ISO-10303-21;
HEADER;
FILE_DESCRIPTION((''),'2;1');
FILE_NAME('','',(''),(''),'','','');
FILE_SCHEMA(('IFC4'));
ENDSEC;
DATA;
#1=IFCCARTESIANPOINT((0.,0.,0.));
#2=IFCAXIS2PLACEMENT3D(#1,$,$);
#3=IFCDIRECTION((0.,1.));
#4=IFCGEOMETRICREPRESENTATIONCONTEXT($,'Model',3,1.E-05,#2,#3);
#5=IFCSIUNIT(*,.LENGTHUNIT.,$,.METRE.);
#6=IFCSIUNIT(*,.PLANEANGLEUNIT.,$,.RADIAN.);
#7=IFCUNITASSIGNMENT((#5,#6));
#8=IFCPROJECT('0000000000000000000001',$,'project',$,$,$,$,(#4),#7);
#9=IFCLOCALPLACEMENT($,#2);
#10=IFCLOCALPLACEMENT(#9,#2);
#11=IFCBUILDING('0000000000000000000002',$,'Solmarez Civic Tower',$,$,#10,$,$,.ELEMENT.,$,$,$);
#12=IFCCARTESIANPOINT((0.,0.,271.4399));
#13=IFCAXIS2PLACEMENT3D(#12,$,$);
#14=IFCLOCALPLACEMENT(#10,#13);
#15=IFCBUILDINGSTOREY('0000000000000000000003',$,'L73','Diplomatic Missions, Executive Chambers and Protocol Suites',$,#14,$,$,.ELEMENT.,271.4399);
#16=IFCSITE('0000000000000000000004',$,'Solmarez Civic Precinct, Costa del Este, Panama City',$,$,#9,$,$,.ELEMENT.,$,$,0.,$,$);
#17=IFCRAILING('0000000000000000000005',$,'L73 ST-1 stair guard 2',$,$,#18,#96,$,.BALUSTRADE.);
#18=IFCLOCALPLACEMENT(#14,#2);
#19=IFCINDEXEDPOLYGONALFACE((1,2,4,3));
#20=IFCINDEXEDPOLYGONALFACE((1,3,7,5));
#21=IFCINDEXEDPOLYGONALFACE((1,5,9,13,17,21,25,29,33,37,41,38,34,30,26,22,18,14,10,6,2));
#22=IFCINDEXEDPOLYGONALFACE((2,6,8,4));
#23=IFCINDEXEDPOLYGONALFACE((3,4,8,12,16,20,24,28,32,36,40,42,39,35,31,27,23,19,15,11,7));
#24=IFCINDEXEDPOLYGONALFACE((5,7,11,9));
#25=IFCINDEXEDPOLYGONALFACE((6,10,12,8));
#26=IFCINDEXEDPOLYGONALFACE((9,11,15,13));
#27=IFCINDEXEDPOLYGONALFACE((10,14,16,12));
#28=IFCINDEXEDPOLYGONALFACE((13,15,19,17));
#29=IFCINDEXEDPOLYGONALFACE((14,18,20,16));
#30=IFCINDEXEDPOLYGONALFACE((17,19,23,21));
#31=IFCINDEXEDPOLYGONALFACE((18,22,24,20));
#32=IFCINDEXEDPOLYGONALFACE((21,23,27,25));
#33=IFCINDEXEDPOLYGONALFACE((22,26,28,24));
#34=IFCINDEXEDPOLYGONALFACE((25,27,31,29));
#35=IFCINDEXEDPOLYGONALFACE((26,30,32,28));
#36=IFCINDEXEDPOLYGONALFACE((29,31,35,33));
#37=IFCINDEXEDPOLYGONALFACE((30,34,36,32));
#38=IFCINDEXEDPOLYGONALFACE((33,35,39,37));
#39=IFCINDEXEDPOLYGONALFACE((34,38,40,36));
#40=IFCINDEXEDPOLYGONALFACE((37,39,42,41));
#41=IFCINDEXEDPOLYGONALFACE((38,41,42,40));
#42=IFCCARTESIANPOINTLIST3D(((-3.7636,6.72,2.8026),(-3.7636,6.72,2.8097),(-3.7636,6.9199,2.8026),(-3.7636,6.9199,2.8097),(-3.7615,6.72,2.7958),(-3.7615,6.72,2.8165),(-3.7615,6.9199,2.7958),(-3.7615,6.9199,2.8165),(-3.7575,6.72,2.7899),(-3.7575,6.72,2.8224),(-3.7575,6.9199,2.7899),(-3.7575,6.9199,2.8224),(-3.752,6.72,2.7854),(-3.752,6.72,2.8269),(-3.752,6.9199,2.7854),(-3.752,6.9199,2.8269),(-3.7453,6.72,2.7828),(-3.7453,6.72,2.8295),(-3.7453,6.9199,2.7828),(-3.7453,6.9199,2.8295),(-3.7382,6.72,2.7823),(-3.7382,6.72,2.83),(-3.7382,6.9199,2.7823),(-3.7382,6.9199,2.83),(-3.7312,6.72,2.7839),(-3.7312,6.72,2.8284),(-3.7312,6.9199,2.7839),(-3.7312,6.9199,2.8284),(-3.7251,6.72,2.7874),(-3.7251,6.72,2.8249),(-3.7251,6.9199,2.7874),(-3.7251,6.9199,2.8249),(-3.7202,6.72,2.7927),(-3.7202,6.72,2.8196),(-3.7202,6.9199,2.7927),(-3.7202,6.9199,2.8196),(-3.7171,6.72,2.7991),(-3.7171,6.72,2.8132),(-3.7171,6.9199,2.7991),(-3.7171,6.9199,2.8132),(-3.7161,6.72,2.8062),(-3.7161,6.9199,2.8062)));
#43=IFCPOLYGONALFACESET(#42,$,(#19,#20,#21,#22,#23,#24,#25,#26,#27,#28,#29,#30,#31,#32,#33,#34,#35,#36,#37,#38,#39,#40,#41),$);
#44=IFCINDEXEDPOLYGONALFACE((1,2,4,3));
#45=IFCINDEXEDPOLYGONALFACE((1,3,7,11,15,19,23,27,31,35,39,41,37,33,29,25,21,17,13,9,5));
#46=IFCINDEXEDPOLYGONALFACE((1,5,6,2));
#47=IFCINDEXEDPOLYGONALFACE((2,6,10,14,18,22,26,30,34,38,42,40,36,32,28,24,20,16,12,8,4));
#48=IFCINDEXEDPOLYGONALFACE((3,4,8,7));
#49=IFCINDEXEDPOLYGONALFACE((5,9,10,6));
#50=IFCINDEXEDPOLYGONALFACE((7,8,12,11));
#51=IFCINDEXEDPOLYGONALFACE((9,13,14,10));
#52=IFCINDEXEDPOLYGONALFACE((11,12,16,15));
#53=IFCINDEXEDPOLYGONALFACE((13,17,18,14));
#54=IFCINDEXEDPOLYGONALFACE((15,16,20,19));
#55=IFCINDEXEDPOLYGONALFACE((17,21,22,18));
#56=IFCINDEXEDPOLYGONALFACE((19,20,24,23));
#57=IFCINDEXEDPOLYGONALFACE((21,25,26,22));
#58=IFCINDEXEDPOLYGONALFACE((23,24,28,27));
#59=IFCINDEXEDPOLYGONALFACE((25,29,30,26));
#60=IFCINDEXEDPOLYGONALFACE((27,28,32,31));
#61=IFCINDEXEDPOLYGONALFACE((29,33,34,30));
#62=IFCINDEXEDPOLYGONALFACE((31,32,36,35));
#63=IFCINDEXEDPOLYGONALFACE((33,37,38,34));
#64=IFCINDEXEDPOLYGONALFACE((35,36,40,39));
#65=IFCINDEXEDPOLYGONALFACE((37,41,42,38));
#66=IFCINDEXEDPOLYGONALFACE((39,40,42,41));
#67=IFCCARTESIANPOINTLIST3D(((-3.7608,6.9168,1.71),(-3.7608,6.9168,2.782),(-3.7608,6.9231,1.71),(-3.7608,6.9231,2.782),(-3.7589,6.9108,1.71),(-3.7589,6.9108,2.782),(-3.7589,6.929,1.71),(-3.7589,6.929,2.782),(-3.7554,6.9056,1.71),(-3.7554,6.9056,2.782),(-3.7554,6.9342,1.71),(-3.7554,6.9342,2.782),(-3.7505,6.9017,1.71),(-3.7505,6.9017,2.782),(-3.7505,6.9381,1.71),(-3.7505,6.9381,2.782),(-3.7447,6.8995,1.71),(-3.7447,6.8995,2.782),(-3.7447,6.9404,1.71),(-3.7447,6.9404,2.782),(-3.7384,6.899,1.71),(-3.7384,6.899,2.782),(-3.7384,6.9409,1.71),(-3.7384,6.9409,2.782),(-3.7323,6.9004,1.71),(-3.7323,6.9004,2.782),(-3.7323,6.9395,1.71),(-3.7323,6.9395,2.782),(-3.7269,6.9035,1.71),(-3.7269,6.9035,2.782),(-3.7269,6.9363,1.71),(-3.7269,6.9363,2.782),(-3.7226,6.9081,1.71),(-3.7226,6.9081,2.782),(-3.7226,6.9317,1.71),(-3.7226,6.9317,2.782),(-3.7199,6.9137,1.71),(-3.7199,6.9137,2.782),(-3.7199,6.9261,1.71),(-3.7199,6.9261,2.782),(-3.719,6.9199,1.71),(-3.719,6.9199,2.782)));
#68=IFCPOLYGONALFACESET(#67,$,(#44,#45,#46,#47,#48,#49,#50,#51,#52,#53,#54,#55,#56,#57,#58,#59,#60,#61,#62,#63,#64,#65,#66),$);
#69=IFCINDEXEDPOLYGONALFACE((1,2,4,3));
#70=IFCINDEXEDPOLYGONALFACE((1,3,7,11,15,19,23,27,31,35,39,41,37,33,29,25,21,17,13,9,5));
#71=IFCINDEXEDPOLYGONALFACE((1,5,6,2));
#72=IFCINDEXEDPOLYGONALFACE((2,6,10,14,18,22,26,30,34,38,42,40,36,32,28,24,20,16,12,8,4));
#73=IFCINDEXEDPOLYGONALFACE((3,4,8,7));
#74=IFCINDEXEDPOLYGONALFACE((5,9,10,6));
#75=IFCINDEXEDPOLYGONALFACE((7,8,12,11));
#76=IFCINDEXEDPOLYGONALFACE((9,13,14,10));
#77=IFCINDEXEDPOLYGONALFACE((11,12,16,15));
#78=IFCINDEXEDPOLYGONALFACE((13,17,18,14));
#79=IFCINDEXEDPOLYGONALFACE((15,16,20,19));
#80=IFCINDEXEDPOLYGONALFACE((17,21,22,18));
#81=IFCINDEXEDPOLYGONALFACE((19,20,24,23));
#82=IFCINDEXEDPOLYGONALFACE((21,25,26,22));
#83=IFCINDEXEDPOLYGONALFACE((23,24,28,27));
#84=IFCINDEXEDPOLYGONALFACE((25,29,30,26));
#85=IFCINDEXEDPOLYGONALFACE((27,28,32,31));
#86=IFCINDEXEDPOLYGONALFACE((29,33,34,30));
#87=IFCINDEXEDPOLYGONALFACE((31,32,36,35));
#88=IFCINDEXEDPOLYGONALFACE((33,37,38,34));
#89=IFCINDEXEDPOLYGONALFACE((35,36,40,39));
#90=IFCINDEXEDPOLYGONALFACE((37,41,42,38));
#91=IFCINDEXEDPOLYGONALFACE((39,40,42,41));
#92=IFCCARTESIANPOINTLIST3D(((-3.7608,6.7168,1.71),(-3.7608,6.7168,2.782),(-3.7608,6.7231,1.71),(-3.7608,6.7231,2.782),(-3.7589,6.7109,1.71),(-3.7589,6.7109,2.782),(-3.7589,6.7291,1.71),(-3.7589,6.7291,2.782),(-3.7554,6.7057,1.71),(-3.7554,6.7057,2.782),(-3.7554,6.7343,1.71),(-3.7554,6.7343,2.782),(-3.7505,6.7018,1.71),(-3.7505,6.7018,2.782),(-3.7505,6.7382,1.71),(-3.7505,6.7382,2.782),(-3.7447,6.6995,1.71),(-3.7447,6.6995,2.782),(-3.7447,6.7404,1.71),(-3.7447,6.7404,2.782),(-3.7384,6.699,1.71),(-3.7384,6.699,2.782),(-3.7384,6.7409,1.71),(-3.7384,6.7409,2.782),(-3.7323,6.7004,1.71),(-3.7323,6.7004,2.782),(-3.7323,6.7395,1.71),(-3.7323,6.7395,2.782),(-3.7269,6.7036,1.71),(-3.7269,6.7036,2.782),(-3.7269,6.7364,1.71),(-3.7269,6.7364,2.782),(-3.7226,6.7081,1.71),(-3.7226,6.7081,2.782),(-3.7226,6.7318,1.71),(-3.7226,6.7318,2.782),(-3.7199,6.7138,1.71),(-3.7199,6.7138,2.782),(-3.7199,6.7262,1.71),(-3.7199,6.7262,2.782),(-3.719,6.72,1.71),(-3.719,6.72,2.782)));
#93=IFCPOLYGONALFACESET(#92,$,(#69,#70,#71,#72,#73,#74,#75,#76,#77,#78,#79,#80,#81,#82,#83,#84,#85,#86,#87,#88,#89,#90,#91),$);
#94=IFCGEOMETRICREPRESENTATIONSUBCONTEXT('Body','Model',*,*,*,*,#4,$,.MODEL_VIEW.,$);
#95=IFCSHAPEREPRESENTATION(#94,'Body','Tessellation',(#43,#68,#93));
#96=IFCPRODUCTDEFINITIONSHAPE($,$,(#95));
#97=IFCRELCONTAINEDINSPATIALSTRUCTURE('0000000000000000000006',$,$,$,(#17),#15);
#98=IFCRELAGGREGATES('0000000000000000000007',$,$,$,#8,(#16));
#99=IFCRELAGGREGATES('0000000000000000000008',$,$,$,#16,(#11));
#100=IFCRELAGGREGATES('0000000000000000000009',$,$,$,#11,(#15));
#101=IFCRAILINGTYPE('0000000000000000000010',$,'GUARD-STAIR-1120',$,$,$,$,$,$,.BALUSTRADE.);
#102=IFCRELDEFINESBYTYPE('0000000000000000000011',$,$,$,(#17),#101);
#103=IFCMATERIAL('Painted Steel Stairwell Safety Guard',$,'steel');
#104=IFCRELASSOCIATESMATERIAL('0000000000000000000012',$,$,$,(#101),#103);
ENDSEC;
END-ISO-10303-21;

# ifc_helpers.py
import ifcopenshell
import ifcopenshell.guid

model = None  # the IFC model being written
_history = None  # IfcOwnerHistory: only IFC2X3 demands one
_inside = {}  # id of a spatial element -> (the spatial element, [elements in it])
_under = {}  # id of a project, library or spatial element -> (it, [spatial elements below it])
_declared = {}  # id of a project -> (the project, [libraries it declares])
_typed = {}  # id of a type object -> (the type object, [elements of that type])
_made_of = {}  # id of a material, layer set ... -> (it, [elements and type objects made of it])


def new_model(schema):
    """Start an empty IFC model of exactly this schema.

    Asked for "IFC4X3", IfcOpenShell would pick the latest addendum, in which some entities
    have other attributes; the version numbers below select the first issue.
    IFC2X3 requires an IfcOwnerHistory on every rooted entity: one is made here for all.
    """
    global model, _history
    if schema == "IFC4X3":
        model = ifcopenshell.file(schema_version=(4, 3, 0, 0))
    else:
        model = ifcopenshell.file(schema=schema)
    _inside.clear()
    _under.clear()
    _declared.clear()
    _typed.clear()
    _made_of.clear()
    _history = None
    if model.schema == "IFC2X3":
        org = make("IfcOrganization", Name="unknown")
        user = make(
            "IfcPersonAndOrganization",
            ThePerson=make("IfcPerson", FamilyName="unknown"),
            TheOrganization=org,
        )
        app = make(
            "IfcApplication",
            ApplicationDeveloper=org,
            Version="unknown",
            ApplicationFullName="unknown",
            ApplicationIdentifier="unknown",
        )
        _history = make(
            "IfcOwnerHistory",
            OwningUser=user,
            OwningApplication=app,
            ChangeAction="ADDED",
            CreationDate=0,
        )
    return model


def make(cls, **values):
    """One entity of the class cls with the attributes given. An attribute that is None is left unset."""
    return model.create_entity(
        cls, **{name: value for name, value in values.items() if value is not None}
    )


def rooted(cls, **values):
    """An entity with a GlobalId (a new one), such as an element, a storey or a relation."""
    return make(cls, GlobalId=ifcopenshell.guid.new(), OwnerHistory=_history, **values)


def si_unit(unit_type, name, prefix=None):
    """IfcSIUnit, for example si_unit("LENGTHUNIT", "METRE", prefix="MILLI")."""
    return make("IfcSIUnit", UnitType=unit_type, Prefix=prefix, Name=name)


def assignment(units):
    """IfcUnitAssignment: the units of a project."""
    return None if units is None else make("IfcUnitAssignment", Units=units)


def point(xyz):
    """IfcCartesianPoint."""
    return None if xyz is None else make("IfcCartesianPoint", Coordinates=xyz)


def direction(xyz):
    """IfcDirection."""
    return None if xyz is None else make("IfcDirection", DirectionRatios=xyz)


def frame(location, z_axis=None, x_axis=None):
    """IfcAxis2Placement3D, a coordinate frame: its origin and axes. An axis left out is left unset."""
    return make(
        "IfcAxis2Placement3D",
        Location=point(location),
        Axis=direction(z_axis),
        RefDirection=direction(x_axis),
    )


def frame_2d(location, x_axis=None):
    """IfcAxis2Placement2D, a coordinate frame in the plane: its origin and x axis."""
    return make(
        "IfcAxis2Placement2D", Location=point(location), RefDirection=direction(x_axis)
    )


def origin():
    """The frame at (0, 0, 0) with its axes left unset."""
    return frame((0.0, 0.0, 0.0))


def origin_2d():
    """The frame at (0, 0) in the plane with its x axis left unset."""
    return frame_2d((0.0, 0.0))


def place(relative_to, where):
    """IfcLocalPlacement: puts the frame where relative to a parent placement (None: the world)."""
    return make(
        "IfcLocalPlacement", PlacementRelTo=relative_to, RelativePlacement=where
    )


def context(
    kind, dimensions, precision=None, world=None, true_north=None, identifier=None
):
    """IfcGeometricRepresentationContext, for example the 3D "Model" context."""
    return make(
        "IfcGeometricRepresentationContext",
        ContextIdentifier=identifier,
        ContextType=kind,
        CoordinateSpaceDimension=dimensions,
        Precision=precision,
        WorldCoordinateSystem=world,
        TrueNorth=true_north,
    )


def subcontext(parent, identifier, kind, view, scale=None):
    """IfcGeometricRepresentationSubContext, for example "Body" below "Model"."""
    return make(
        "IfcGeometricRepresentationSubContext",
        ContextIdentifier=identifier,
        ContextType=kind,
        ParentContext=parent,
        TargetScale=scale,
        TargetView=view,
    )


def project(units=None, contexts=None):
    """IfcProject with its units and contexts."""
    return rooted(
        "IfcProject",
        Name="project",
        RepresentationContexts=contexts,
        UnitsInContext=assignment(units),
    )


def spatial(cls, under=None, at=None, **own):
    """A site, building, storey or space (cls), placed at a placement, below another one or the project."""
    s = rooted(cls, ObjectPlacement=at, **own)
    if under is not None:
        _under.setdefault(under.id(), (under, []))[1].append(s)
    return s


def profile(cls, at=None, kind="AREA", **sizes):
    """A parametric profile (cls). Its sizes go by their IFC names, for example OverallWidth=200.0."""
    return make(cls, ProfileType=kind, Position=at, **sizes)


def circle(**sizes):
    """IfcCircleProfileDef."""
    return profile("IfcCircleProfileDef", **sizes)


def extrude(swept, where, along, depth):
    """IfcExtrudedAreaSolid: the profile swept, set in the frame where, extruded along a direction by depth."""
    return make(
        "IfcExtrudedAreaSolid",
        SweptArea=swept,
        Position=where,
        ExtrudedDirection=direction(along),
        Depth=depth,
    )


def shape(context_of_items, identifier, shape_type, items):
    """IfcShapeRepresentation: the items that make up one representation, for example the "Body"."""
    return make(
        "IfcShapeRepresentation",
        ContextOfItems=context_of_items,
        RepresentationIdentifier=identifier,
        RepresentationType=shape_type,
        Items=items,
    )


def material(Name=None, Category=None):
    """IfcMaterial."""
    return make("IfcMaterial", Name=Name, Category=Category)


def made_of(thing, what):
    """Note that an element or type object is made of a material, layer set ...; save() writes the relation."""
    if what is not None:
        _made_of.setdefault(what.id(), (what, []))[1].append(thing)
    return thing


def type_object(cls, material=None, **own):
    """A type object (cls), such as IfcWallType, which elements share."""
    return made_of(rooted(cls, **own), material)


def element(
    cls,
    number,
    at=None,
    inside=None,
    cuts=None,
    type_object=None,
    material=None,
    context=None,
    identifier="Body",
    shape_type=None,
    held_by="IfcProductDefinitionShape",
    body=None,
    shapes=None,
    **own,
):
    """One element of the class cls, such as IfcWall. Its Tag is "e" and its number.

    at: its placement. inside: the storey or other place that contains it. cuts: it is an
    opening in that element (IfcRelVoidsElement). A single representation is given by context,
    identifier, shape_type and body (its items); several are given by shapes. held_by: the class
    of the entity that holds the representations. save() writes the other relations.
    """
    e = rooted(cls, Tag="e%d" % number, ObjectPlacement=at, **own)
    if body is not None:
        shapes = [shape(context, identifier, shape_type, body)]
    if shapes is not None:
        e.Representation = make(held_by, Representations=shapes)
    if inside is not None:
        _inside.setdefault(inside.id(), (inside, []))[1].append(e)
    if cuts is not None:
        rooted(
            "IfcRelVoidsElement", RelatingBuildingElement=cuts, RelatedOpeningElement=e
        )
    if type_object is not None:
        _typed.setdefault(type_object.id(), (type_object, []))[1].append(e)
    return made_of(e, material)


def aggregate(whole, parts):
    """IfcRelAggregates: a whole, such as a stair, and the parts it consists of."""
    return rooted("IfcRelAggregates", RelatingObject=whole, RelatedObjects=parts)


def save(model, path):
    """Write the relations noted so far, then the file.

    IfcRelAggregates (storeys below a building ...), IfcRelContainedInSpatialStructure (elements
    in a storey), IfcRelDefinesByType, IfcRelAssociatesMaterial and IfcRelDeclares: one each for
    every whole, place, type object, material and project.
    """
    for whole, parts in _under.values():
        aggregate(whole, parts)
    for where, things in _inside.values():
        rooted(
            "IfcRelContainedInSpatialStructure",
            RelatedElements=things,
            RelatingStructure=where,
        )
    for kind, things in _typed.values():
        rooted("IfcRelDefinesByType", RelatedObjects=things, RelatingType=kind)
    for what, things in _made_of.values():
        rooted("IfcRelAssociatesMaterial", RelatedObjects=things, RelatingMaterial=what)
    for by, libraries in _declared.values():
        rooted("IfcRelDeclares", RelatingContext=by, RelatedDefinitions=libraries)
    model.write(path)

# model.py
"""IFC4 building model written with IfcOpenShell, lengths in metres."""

from ifc_helpers import new_model, si_unit, direction, frame, origin, origin_2d, place, context, subcontext, project, spatial, circle, extrude, material, type_object, element, save


model = new_model("IFC4")

# Units and contexts
model_context = context("Model", 3, precision=1e-05, world=origin(), true_north=direction((0.0, 1.0)))
body_context = subcontext(model_context, "Body", "Model", "MODEL_VIEW")
ifc_project = project(units=[si_unit("LENGTHUNIT", "METRE"), si_unit("PLANEANGLEUNIT", "RADIAN")], contexts=[model_context])

# Site, building, storey
site_placement = place(None, origin())
site = spatial("IfcSite", under=ifc_project, at=site_placement, Name="Solmarez Civic Precinct, Costa del Este, Panama City", CompositionType="ELEMENT", RefElevation=0.0)
building_placement = place(site_placement, origin())
building = spatial("IfcBuilding", under=site, at=building_placement, Name="Solmarez Civic Tower", CompositionType="ELEMENT")
storey_placement = place(building_placement, frame((0.0, 0.0, 271.4399)))
storey = spatial("IfcBuildingStorey", under=building, at=storey_placement, Name="L73", Description="Diplomatic Missions, Executive Chambers and Protocol Suites", CompositionType="ELEMENT", Elevation=271.4399)

# Railing
ifc_material_1 = material(Name="Painted Steel Stairwell Safety Guard", Category="steel")
railing_type_1 = type_object("IfcRailingType", Name="GUARD-STAIR-1120", PredefinedType="BALUSTRADE", material=ifc_material_1)
railing_1_placement = place(storey_placement, frame((-3.74, 6.9199, 1.71)))
element("IfcRailing", 1, at=railing_1_placement, inside=storey, type_object=railing_type_1, Name="L73 ST-1 stair guard 2", PredefinedType="BALUSTRADE", context=body_context, shape_type="SweptSolid", body=[
    extrude(circle(Radius=0.0239, at=origin_2d()), frame((0.0, 0.0, 1.0962), z_axis=(0.0, -1.0, 0.0), x_axis=(1.0, 0.0, 0.0)), (0.0, 0.0, 1.0), 0.2),
    extrude(circle(Radius=0.021, at=origin_2d()), origin(), (0.0, 0.0, 1.0), 1.072),
    extrude(circle(Radius=0.021, at=origin_2d()), frame((0.0, -0.2, 0.0)), (0.0, 0.0, 1.0), 1.072),
])

save(model, "model.ifc")
